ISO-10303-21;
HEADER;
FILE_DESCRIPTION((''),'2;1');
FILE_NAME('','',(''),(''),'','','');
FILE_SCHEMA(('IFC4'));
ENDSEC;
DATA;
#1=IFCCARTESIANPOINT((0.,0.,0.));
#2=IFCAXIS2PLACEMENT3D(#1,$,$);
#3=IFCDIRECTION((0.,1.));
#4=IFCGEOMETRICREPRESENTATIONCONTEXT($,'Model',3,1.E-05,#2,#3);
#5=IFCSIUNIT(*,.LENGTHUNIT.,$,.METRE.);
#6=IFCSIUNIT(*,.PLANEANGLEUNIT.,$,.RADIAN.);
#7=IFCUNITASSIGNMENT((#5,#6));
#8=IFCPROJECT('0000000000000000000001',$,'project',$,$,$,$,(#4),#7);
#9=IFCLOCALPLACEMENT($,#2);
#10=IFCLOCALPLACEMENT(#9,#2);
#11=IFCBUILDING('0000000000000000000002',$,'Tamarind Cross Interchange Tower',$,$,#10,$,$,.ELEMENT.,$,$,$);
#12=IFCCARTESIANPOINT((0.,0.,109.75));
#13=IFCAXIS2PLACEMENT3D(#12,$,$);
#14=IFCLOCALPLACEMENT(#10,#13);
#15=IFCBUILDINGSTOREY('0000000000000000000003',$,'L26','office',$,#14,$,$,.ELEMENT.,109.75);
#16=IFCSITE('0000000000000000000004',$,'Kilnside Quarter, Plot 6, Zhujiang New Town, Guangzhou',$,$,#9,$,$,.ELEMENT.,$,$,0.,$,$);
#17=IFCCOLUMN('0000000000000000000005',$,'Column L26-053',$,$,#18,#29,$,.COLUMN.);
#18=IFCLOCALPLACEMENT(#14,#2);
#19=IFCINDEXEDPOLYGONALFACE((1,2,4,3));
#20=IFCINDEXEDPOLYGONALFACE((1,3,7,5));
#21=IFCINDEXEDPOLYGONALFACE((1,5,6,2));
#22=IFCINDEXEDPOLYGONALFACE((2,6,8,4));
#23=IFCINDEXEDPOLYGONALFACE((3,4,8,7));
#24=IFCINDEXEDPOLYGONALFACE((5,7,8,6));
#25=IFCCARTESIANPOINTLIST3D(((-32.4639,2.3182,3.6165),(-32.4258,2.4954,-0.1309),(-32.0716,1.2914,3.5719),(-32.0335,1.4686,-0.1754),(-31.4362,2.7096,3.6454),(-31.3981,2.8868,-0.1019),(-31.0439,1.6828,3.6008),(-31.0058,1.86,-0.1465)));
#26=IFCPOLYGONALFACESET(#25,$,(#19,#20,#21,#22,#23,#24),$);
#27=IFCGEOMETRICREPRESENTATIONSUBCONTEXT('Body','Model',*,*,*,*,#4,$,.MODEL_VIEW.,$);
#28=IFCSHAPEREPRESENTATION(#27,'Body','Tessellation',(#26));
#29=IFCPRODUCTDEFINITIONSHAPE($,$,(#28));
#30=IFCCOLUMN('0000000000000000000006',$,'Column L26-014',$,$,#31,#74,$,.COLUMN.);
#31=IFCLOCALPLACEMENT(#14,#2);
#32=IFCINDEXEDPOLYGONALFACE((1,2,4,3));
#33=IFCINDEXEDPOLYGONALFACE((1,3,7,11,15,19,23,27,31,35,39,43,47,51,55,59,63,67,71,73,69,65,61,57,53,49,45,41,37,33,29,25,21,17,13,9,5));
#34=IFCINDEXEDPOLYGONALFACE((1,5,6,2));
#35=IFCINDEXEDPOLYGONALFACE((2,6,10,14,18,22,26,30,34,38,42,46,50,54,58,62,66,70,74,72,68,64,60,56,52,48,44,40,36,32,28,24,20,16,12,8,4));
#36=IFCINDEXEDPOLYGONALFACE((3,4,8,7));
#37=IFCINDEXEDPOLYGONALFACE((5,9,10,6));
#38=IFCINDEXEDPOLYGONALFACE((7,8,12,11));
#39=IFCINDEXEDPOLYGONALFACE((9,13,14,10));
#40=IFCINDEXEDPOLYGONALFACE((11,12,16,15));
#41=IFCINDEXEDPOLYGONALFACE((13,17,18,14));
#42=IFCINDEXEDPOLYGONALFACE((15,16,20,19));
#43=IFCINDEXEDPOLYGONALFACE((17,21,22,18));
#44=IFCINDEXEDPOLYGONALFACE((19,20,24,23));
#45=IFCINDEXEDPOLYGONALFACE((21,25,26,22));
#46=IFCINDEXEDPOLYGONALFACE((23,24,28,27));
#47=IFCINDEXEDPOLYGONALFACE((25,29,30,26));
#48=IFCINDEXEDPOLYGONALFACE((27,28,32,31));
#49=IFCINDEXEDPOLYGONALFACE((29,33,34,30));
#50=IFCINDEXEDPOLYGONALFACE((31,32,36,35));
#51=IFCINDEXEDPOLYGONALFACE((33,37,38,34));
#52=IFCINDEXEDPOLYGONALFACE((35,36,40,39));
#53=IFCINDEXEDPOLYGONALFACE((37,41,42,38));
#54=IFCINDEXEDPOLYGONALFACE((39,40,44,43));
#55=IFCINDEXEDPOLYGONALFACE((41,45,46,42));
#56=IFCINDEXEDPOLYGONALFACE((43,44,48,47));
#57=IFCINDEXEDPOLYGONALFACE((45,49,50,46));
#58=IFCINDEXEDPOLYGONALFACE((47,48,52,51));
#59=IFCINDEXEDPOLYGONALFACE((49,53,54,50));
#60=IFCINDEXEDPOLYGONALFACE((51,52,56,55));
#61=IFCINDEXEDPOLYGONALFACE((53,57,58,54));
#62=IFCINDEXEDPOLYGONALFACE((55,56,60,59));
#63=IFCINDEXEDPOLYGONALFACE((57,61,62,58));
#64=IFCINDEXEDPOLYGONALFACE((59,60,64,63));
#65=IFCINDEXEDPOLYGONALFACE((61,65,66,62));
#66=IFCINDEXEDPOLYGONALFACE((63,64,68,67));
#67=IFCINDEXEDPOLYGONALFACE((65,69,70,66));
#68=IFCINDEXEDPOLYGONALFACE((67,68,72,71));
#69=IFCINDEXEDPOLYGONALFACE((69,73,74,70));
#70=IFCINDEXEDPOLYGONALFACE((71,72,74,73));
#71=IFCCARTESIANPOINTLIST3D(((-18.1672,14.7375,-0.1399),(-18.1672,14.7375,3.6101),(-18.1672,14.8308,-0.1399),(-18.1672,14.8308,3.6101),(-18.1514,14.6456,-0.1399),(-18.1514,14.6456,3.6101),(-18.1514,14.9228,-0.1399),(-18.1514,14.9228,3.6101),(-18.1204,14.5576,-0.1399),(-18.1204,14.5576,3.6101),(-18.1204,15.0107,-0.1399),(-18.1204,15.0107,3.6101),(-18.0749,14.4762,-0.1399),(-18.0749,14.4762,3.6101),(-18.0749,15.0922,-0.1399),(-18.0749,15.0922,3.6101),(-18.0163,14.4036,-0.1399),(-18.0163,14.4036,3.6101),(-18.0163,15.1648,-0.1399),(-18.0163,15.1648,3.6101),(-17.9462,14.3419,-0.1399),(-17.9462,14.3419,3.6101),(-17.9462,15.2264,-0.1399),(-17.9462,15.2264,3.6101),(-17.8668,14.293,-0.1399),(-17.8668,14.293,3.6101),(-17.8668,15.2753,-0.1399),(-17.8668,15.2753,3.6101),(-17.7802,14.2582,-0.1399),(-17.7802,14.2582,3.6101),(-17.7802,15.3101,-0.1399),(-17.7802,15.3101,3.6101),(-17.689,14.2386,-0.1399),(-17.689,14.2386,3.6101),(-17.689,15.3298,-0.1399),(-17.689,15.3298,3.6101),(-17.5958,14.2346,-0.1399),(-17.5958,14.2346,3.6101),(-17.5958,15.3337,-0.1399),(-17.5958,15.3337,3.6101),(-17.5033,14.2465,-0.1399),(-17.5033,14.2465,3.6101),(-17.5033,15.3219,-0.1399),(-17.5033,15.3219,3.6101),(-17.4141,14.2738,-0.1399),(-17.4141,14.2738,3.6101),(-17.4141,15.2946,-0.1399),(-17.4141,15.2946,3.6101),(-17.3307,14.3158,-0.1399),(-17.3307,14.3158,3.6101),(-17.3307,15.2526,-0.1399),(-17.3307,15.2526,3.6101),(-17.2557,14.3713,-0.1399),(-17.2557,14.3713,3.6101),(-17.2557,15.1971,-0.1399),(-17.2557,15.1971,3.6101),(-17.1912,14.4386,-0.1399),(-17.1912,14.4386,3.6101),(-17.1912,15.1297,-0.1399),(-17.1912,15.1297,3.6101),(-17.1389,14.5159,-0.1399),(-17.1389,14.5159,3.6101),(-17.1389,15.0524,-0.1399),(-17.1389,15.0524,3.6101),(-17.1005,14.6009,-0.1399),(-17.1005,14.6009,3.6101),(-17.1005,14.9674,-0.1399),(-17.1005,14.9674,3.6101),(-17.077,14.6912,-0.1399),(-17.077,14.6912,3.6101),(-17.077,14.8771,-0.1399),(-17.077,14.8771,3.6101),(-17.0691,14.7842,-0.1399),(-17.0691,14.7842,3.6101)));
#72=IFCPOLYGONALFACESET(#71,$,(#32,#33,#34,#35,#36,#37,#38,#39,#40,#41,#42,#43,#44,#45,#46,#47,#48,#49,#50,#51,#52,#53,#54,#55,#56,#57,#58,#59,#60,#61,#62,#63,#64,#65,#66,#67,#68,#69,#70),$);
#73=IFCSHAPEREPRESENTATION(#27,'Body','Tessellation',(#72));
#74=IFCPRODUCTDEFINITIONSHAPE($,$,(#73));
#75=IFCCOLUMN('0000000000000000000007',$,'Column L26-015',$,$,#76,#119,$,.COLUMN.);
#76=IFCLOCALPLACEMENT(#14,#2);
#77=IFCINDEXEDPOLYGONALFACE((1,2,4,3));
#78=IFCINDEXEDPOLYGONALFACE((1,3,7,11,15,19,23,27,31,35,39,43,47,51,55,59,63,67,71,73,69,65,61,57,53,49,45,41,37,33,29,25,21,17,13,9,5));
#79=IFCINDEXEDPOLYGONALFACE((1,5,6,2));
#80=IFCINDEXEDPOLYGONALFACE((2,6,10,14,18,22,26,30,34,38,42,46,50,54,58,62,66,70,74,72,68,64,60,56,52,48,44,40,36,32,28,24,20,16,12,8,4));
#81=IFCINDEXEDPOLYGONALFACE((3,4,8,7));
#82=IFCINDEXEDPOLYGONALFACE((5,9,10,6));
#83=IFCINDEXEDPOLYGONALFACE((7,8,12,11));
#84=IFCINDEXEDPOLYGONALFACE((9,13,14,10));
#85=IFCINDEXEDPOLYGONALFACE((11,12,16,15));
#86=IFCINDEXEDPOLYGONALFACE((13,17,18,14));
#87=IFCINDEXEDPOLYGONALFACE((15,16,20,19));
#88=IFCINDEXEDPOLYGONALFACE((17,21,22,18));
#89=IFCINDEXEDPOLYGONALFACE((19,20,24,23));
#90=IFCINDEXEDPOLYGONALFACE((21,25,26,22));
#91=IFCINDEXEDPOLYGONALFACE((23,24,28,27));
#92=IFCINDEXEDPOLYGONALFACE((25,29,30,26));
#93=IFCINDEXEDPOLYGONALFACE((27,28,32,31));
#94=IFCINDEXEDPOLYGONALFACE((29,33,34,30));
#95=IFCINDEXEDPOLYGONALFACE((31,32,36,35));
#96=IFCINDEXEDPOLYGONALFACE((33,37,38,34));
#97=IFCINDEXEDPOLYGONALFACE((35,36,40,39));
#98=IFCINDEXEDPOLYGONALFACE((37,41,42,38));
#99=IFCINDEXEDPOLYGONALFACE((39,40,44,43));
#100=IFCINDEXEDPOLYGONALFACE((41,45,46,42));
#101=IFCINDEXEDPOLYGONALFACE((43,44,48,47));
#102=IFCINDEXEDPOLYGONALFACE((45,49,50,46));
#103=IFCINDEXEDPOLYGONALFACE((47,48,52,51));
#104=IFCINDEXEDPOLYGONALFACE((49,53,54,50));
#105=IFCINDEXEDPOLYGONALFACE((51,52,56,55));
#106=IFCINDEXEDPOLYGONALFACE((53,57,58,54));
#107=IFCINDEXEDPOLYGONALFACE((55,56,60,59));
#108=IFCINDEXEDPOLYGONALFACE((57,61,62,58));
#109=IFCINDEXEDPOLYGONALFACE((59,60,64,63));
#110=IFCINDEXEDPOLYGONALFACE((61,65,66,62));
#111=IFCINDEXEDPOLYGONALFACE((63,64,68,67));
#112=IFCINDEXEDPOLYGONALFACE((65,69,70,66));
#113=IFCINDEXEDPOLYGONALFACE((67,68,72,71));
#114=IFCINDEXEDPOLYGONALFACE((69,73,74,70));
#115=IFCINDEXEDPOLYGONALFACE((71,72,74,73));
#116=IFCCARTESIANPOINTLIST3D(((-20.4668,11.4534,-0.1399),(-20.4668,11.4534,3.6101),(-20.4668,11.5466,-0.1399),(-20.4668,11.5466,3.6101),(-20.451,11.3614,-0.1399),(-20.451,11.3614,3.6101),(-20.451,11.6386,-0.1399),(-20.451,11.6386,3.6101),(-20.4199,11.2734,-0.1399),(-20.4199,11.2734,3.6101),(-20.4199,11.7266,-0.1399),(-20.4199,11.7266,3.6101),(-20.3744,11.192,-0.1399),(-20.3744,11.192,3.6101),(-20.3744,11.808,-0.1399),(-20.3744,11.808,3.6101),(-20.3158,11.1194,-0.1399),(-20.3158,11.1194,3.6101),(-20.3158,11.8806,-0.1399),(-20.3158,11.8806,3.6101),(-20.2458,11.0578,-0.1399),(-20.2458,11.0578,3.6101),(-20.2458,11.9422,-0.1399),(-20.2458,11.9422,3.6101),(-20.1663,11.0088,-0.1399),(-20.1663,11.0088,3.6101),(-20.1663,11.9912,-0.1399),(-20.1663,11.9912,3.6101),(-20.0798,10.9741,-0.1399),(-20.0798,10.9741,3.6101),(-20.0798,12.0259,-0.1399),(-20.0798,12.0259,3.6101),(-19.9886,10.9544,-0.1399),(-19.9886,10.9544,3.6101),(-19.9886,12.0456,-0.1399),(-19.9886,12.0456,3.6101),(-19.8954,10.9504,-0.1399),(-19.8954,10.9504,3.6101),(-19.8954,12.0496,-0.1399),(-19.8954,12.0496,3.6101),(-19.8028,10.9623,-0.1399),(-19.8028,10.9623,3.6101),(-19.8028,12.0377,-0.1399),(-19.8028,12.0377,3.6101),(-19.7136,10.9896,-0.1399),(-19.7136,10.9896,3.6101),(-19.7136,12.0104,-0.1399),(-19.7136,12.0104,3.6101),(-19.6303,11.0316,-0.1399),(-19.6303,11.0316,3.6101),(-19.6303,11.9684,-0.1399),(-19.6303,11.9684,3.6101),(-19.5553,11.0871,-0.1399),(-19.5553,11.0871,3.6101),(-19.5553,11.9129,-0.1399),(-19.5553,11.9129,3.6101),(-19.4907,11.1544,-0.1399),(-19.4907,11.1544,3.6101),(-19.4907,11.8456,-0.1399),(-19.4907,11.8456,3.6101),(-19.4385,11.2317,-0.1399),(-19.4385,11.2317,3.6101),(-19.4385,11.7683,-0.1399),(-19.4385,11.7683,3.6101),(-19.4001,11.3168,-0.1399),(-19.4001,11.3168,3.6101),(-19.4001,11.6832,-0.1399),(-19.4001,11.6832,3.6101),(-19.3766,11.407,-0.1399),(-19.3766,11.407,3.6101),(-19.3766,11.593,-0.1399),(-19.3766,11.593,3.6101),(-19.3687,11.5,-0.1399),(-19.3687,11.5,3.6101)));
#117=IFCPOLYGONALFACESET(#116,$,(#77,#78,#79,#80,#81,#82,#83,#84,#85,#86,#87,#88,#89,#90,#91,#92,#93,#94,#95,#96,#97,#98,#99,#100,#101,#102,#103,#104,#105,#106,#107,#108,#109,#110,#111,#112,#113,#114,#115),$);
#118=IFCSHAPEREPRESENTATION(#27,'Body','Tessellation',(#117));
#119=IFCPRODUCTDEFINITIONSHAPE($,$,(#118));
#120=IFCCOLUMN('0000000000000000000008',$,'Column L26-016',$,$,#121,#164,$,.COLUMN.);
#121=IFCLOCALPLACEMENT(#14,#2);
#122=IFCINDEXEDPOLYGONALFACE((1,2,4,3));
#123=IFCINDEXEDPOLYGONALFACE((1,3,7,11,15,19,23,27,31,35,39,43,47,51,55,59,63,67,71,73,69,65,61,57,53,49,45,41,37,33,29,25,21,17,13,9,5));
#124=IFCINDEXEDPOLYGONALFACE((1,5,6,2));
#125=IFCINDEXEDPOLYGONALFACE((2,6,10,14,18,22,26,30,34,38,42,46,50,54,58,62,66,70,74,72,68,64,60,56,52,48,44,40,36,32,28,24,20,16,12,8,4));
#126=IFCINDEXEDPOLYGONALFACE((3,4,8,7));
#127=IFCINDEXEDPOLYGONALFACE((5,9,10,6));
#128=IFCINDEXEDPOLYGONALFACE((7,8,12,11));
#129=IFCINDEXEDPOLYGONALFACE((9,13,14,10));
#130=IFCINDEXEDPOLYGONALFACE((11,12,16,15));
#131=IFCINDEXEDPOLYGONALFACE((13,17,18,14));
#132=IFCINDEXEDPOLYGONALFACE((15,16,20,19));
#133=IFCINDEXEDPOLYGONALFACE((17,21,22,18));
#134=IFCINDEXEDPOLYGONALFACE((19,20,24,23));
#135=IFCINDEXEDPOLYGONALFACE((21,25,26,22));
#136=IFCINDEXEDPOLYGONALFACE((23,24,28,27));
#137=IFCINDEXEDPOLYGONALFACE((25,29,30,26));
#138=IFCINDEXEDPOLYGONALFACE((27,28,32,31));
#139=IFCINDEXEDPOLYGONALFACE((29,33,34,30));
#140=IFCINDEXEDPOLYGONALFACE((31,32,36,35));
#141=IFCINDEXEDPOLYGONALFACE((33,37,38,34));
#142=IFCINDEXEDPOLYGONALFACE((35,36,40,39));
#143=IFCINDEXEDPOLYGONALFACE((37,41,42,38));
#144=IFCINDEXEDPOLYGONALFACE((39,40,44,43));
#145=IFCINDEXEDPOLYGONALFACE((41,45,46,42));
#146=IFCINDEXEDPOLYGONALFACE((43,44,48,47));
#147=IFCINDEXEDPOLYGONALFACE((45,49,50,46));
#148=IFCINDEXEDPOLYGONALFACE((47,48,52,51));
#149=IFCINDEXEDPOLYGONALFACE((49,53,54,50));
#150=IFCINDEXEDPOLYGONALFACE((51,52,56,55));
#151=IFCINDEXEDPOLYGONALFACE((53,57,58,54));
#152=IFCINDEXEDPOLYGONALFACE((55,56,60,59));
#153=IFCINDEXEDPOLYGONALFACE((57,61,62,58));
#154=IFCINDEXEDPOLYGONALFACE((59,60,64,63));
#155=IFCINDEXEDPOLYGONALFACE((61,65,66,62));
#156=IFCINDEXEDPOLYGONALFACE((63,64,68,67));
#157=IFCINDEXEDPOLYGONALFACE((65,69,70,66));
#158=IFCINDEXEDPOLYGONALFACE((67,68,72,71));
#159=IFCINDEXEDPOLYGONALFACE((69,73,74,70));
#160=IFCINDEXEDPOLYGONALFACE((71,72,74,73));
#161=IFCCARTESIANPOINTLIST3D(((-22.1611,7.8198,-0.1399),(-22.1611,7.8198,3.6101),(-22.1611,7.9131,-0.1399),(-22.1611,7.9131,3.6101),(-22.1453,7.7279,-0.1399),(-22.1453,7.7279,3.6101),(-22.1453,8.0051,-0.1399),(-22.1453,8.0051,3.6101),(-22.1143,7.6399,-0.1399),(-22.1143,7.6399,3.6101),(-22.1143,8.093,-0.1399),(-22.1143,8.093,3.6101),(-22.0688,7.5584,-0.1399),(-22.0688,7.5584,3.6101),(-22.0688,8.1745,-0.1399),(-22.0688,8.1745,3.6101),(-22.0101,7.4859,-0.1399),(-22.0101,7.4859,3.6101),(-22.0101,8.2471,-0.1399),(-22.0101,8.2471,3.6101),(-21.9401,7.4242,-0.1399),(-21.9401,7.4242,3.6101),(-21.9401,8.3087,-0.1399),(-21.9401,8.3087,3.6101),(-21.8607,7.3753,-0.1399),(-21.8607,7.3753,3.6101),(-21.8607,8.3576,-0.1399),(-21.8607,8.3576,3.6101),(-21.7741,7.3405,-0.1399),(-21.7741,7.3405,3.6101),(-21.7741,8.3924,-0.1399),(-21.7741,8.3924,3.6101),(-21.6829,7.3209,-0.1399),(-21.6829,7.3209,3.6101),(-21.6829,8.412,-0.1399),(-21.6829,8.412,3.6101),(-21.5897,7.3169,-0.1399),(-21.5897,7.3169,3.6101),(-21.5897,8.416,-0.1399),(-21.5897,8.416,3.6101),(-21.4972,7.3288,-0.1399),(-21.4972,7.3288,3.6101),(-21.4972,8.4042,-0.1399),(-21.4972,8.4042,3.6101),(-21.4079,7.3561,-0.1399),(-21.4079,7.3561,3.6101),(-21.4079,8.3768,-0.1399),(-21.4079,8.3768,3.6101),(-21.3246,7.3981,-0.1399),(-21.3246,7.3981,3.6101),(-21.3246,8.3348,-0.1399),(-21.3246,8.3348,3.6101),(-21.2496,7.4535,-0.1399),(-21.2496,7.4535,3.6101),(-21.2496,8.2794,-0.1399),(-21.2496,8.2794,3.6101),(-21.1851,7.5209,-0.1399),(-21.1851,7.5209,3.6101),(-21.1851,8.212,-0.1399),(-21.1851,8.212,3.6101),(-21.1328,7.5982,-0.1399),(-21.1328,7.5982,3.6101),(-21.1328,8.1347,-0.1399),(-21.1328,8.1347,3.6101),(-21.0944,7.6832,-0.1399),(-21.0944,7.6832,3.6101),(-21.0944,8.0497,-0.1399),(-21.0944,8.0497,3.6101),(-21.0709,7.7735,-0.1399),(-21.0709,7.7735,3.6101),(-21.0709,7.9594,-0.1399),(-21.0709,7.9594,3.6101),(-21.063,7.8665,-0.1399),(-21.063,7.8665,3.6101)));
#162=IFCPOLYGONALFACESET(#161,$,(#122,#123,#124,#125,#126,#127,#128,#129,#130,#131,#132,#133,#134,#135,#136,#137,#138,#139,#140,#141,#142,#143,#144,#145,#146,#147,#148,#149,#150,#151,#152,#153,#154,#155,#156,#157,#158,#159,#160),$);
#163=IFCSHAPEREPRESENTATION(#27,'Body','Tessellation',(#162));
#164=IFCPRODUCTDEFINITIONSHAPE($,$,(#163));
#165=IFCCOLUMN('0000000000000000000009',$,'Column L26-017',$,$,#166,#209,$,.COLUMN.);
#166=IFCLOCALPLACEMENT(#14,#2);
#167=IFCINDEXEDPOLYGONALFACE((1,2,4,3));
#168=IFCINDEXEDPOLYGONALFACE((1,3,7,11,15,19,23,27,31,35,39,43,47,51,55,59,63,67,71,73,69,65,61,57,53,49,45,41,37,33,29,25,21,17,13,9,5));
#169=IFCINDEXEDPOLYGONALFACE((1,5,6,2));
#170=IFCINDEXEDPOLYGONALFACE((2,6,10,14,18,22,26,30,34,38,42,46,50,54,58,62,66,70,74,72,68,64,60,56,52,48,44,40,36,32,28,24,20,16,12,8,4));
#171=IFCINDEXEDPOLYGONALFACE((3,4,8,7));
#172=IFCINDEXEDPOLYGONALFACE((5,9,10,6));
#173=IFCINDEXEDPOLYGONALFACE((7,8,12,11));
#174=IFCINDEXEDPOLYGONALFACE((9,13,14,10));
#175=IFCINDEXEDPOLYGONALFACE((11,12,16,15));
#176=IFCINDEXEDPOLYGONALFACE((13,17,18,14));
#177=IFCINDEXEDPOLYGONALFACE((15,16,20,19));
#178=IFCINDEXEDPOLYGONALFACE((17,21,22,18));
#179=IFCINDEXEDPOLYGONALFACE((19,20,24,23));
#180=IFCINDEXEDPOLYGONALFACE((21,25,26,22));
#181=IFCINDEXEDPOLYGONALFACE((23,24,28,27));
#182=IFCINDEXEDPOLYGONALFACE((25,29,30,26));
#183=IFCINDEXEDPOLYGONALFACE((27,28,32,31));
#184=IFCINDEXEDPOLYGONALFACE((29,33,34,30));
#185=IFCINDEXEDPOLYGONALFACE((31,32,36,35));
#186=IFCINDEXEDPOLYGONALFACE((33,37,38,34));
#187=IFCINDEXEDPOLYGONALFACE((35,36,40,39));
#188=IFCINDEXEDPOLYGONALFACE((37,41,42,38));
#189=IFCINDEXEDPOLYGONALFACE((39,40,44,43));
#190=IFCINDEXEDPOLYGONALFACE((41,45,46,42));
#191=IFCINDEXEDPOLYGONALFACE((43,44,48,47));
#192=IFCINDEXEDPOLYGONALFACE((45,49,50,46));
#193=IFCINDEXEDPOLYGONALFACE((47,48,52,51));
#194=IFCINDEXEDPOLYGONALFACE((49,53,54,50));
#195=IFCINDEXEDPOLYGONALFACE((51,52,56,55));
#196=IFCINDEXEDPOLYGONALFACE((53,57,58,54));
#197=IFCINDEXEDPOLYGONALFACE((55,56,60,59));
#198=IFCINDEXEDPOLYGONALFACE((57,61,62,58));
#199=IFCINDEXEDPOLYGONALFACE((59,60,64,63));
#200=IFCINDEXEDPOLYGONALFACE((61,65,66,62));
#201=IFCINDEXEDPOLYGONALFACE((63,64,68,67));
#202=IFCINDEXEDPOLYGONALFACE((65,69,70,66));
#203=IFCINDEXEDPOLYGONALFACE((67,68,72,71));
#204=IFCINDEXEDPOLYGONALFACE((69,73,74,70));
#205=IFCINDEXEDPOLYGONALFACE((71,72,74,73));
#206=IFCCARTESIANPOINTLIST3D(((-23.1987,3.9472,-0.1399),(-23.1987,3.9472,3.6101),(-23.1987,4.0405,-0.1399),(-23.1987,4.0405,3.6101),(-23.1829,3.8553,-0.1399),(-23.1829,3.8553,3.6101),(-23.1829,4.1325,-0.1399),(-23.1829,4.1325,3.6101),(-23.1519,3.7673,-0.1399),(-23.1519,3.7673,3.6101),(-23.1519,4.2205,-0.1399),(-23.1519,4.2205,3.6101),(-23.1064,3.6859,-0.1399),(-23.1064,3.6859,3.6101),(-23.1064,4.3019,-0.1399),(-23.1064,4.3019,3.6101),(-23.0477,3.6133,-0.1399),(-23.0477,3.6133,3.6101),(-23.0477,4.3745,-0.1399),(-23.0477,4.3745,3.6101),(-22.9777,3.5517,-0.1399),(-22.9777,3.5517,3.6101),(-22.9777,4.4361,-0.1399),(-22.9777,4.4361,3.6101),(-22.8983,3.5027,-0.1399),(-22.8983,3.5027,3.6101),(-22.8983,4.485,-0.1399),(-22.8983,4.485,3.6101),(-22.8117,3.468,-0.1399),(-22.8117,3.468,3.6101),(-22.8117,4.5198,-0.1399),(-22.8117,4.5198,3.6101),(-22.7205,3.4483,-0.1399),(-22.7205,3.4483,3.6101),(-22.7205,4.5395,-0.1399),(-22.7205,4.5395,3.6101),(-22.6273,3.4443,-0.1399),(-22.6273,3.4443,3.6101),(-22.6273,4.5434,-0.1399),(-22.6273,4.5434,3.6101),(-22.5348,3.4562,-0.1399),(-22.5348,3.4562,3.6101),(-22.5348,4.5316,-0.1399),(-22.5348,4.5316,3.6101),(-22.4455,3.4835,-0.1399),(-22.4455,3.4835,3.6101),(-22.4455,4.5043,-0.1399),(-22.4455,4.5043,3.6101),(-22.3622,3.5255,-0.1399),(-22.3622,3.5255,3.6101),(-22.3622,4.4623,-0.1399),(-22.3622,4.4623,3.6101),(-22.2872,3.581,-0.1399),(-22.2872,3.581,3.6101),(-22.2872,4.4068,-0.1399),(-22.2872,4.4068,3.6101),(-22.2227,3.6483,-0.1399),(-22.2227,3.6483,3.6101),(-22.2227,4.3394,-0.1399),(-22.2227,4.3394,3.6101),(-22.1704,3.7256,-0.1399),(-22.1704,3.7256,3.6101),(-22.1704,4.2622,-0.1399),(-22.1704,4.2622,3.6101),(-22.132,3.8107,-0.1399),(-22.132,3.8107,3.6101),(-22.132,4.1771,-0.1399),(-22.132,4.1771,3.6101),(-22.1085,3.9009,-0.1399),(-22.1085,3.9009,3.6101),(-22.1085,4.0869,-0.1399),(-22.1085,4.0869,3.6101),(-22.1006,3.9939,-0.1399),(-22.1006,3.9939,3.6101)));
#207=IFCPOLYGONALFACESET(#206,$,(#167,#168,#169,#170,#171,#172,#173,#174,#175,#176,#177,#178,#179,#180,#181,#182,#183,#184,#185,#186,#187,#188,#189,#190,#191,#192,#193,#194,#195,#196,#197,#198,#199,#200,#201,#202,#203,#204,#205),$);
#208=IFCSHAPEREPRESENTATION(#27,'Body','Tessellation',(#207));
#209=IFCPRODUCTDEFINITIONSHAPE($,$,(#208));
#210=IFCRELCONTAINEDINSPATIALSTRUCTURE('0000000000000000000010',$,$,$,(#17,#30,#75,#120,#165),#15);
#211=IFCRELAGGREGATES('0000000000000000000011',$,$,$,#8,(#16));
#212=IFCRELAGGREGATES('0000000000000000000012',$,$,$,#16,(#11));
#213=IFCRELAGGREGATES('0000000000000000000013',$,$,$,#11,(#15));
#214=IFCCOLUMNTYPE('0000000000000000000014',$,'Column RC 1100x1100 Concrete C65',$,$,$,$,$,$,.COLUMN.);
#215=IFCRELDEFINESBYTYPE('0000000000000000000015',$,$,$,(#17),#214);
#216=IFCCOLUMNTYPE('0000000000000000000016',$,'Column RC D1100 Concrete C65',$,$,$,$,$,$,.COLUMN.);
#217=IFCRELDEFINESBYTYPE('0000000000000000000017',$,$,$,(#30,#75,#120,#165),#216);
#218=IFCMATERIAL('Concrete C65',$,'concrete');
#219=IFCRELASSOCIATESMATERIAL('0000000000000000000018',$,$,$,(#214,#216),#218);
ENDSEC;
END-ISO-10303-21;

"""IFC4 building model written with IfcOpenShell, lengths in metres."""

from ifc_helpers import new_model, si_unit, direction, frame, origin, origin_2d, place, context, subcontext, project, spatial, rectangle, circle, extrude, material, material_profile, profile_set, type_object, element, save


model = new_model("IFC4")

# Units and contexts
model_context = context("Model", 3, precision=1e-05, world=origin(), true_north=direction((0.0, 1.0)))
body_context = subcontext(model_context, "Body", "Model", "MODEL_VIEW")
ifc_project = project(units=[si_unit("LENGTHUNIT", "METRE"), si_unit("PLANEANGLEUNIT", "RADIAN")], contexts=[model_context])

# Site, building, storey
site_placement = place(None, origin())
site = spatial("IfcSite", under=ifc_project, at=site_placement, Name="Kilnside Quarter, Plot 6, Zhujiang New Town, Guangzhou", CompositionType="ELEMENT", RefElevation=0.0)
building_placement = place(site_placement, origin())
building = spatial("IfcBuilding", under=site, at=building_placement, Name="Tamarind Cross Interchange Tower", CompositionType="ELEMENT")
storey_placement = place(building_placement, frame((0.0, 0.0, 109.75)))
storey = spatial("IfcBuildingStorey", under=building, at=storey_placement, Name="L26", Description="office", CompositionType="ELEMENT", Elevation=109.75)

# Columns
ifc_material_1 = material(Name="Concrete C65", Category="concrete")
ifc_material_profile_1 = material_profile(ifc_material_1, rectangle(XDim=1.1001, YDim=1.1001, at=origin_2d()), Name="RC 1100x1100")
ifc_profile_set_1 = profile_set([ifc_material_profile_1], Name="Concrete C65")
column_type_1 = type_object("IfcColumnType", Name="Column RC 1100x1100 Concrete C65", PredefinedType="COLUMN", material=ifc_profile_set_1)
column_placement = place(storey_placement, frame((-31.7158, 2.1777, -0.1387), z_axis=(-0.010152, -0.047244, 0.998832), x_axis=(0.934189, 0.355806, 0.026324)))
element("IfcColumn", 1, at=column_placement, inside=storey, type_object=column_type_1, Name="Column L26-053", PredefinedType="COLUMN", context=body_context, shape_type="SweptSolid", body=[
    extrude(rectangle(XDim=1.1001, YDim=1.1001, at=origin_2d()), origin(), (0.0, 0.0, 1.0), 3.7517),
])
ifc_material_profile_2 = material_profile(ifc_material_1, circle(Radius=0.55, at=origin_2d()), Name="RC D1100")
ifc_profile_set_2 = profile_set([ifc_material_profile_2], Name="Concrete C65")
column_type_2 = type_object("IfcColumnType", Name="Column RC D1100 Concrete C65", PredefinedType="COLUMN", material=ifc_profile_set_2)
for number, where, z_axis, x_axis, name in (
    (2, (-17.6191, 14.7842, -0.1399), (0.0, 0.0, 1.0), (1.0, 0.0, 0.0), "Column L26-014"),
    (3, (-19.9187, 11.5, -0.1399), (0.0, 0.0, 1.0), (1.0, 0.0, 0.0), "Column L26-015"),
    (4, (-21.613, 7.8665, -0.1399), (0.0, 0.0, 1.0), (1.0, 0.0, 0.0), "Column L26-016"),
    (5, (-22.6506, 3.9939, -0.1399), (0.0, 0.0, 1.0), (1.0, 0.0, 0.0), "Column L26-017"),
):
    element("IfcColumn", number, at=place(storey_placement, frame(where, z_axis=z_axis, x_axis=x_axis)), inside=storey, type_object=column_type_2, Name=name, PredefinedType="COLUMN", context=body_context, shape_type="SweptSolid", body=[
        extrude(circle(Radius=0.55, at=origin_2d()), origin(), (0.0, 0.0, 1.0), 3.75),
    ])

save(model, "model.ifc")
